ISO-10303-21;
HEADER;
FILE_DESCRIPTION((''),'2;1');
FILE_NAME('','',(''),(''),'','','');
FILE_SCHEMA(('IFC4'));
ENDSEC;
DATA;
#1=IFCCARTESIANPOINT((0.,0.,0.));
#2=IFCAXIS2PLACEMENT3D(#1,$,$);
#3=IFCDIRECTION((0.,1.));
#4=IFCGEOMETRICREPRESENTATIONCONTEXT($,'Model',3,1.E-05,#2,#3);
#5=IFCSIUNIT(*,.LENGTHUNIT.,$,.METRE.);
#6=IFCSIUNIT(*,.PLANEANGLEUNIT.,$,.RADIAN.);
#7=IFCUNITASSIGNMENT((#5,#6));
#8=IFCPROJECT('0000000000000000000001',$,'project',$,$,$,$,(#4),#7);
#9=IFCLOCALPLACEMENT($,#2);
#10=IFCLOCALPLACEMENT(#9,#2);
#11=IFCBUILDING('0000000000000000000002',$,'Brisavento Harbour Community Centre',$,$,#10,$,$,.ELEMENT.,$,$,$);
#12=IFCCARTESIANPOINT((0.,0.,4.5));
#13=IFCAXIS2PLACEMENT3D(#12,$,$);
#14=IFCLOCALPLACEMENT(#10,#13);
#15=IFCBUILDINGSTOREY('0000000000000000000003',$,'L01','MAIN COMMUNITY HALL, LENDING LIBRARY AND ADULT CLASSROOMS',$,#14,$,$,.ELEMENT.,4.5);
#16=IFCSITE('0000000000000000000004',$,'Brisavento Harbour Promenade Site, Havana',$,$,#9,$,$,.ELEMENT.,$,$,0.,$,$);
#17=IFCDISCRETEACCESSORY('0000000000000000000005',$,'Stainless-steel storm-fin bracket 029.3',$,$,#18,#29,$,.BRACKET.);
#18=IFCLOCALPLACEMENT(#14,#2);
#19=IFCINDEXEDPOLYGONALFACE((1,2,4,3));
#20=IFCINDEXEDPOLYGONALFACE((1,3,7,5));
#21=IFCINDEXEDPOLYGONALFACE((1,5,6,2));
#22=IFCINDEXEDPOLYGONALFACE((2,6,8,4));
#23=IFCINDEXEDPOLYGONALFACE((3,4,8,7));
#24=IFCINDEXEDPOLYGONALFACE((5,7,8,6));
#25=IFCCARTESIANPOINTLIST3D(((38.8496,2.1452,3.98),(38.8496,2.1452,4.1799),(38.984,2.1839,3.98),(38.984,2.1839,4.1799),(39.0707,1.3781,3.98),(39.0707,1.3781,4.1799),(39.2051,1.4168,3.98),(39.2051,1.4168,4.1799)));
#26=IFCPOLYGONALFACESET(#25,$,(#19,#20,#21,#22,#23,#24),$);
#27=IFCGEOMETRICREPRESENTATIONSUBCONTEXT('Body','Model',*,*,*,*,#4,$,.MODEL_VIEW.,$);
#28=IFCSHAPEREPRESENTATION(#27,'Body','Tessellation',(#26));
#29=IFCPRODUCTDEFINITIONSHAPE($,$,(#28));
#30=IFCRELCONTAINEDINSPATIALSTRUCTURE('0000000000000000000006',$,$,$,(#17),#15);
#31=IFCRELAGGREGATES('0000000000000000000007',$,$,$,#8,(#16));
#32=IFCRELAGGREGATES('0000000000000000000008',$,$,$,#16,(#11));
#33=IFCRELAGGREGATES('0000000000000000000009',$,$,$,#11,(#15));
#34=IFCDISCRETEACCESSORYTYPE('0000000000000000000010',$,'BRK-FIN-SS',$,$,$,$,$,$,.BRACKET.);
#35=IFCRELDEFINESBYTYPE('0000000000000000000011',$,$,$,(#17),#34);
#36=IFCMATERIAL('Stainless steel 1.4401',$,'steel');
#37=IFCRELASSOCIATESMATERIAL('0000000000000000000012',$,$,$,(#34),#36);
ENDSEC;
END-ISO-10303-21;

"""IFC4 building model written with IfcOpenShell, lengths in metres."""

from ifc_helpers import new_model, si_unit, direction, frame, origin, origin_2d, place, context, subcontext, project, spatial, rectangle, extrude, material, type_object, element, save


model = new_model("IFC4")

# Units and contexts
model_context = context("Model", 3, precision=1e-05, world=origin(), true_north=direction((0.0, 1.0)))
body_context = subcontext(model_context, "Body", "Model", "MODEL_VIEW")
ifc_project = project(units=[si_unit("LENGTHUNIT", "METRE"), si_unit("PLANEANGLEUNIT", "RADIAN")], contexts=[model_context])

# Site, building, storey
site_placement = place(None, origin())
site = spatial("IfcSite", under=ifc_project, at=site_placement, Name="Brisavento Harbour Promenade Site, Havana", CompositionType="ELEMENT", RefElevation=0.0)
building_placement = place(site_placement, origin())
building = spatial("IfcBuilding", under=site, at=building_placement, Name="Brisavento Harbour Community Centre", CompositionType="ELEMENT")
storey_placement = place(building_placement, frame((0.0, 0.0, 4.5)))
storey = spatial("IfcBuildingStorey", under=building, at=storey_placement, Name="L01", Description="MAIN COMMUNITY HALL, LENDING LIBRARY AND ADULT CLASSROOMS", CompositionType="ELEMENT", Elevation=4.5)

# Discrete accessory
ifc_material_1 = material(Name="Stainless steel 1.4401", Category="steel")
discrete_accessory_type = type_object("IfcDiscreteAccessoryType", Name="BRK-FIN-SS", PredefinedType="BRACKET", material=ifc_material_1)
discrete_accessory_1_placement = place(storey_placement, frame((39.0273, 1.781, 3.98), z_axis=(0.0, 0.0, 1.0), x_axis=(0.276996, -0.960871, 0.0)))
element("IfcDiscreteAccessory", 1, at=discrete_accessory_1_placement, inside=storey, type_object=discrete_accessory_type, Name="Stainless-steel storm-fin bracket 029.3", PredefinedType="BRACKET", context=body_context, shape_type="SweptSolid", body=[
    extrude(rectangle(XDim=0.7983, YDim=0.1399, at=origin_2d()), origin(), (0.0, 0.0, 1.0), 0.2),
])

save(model, "model.ifc")
